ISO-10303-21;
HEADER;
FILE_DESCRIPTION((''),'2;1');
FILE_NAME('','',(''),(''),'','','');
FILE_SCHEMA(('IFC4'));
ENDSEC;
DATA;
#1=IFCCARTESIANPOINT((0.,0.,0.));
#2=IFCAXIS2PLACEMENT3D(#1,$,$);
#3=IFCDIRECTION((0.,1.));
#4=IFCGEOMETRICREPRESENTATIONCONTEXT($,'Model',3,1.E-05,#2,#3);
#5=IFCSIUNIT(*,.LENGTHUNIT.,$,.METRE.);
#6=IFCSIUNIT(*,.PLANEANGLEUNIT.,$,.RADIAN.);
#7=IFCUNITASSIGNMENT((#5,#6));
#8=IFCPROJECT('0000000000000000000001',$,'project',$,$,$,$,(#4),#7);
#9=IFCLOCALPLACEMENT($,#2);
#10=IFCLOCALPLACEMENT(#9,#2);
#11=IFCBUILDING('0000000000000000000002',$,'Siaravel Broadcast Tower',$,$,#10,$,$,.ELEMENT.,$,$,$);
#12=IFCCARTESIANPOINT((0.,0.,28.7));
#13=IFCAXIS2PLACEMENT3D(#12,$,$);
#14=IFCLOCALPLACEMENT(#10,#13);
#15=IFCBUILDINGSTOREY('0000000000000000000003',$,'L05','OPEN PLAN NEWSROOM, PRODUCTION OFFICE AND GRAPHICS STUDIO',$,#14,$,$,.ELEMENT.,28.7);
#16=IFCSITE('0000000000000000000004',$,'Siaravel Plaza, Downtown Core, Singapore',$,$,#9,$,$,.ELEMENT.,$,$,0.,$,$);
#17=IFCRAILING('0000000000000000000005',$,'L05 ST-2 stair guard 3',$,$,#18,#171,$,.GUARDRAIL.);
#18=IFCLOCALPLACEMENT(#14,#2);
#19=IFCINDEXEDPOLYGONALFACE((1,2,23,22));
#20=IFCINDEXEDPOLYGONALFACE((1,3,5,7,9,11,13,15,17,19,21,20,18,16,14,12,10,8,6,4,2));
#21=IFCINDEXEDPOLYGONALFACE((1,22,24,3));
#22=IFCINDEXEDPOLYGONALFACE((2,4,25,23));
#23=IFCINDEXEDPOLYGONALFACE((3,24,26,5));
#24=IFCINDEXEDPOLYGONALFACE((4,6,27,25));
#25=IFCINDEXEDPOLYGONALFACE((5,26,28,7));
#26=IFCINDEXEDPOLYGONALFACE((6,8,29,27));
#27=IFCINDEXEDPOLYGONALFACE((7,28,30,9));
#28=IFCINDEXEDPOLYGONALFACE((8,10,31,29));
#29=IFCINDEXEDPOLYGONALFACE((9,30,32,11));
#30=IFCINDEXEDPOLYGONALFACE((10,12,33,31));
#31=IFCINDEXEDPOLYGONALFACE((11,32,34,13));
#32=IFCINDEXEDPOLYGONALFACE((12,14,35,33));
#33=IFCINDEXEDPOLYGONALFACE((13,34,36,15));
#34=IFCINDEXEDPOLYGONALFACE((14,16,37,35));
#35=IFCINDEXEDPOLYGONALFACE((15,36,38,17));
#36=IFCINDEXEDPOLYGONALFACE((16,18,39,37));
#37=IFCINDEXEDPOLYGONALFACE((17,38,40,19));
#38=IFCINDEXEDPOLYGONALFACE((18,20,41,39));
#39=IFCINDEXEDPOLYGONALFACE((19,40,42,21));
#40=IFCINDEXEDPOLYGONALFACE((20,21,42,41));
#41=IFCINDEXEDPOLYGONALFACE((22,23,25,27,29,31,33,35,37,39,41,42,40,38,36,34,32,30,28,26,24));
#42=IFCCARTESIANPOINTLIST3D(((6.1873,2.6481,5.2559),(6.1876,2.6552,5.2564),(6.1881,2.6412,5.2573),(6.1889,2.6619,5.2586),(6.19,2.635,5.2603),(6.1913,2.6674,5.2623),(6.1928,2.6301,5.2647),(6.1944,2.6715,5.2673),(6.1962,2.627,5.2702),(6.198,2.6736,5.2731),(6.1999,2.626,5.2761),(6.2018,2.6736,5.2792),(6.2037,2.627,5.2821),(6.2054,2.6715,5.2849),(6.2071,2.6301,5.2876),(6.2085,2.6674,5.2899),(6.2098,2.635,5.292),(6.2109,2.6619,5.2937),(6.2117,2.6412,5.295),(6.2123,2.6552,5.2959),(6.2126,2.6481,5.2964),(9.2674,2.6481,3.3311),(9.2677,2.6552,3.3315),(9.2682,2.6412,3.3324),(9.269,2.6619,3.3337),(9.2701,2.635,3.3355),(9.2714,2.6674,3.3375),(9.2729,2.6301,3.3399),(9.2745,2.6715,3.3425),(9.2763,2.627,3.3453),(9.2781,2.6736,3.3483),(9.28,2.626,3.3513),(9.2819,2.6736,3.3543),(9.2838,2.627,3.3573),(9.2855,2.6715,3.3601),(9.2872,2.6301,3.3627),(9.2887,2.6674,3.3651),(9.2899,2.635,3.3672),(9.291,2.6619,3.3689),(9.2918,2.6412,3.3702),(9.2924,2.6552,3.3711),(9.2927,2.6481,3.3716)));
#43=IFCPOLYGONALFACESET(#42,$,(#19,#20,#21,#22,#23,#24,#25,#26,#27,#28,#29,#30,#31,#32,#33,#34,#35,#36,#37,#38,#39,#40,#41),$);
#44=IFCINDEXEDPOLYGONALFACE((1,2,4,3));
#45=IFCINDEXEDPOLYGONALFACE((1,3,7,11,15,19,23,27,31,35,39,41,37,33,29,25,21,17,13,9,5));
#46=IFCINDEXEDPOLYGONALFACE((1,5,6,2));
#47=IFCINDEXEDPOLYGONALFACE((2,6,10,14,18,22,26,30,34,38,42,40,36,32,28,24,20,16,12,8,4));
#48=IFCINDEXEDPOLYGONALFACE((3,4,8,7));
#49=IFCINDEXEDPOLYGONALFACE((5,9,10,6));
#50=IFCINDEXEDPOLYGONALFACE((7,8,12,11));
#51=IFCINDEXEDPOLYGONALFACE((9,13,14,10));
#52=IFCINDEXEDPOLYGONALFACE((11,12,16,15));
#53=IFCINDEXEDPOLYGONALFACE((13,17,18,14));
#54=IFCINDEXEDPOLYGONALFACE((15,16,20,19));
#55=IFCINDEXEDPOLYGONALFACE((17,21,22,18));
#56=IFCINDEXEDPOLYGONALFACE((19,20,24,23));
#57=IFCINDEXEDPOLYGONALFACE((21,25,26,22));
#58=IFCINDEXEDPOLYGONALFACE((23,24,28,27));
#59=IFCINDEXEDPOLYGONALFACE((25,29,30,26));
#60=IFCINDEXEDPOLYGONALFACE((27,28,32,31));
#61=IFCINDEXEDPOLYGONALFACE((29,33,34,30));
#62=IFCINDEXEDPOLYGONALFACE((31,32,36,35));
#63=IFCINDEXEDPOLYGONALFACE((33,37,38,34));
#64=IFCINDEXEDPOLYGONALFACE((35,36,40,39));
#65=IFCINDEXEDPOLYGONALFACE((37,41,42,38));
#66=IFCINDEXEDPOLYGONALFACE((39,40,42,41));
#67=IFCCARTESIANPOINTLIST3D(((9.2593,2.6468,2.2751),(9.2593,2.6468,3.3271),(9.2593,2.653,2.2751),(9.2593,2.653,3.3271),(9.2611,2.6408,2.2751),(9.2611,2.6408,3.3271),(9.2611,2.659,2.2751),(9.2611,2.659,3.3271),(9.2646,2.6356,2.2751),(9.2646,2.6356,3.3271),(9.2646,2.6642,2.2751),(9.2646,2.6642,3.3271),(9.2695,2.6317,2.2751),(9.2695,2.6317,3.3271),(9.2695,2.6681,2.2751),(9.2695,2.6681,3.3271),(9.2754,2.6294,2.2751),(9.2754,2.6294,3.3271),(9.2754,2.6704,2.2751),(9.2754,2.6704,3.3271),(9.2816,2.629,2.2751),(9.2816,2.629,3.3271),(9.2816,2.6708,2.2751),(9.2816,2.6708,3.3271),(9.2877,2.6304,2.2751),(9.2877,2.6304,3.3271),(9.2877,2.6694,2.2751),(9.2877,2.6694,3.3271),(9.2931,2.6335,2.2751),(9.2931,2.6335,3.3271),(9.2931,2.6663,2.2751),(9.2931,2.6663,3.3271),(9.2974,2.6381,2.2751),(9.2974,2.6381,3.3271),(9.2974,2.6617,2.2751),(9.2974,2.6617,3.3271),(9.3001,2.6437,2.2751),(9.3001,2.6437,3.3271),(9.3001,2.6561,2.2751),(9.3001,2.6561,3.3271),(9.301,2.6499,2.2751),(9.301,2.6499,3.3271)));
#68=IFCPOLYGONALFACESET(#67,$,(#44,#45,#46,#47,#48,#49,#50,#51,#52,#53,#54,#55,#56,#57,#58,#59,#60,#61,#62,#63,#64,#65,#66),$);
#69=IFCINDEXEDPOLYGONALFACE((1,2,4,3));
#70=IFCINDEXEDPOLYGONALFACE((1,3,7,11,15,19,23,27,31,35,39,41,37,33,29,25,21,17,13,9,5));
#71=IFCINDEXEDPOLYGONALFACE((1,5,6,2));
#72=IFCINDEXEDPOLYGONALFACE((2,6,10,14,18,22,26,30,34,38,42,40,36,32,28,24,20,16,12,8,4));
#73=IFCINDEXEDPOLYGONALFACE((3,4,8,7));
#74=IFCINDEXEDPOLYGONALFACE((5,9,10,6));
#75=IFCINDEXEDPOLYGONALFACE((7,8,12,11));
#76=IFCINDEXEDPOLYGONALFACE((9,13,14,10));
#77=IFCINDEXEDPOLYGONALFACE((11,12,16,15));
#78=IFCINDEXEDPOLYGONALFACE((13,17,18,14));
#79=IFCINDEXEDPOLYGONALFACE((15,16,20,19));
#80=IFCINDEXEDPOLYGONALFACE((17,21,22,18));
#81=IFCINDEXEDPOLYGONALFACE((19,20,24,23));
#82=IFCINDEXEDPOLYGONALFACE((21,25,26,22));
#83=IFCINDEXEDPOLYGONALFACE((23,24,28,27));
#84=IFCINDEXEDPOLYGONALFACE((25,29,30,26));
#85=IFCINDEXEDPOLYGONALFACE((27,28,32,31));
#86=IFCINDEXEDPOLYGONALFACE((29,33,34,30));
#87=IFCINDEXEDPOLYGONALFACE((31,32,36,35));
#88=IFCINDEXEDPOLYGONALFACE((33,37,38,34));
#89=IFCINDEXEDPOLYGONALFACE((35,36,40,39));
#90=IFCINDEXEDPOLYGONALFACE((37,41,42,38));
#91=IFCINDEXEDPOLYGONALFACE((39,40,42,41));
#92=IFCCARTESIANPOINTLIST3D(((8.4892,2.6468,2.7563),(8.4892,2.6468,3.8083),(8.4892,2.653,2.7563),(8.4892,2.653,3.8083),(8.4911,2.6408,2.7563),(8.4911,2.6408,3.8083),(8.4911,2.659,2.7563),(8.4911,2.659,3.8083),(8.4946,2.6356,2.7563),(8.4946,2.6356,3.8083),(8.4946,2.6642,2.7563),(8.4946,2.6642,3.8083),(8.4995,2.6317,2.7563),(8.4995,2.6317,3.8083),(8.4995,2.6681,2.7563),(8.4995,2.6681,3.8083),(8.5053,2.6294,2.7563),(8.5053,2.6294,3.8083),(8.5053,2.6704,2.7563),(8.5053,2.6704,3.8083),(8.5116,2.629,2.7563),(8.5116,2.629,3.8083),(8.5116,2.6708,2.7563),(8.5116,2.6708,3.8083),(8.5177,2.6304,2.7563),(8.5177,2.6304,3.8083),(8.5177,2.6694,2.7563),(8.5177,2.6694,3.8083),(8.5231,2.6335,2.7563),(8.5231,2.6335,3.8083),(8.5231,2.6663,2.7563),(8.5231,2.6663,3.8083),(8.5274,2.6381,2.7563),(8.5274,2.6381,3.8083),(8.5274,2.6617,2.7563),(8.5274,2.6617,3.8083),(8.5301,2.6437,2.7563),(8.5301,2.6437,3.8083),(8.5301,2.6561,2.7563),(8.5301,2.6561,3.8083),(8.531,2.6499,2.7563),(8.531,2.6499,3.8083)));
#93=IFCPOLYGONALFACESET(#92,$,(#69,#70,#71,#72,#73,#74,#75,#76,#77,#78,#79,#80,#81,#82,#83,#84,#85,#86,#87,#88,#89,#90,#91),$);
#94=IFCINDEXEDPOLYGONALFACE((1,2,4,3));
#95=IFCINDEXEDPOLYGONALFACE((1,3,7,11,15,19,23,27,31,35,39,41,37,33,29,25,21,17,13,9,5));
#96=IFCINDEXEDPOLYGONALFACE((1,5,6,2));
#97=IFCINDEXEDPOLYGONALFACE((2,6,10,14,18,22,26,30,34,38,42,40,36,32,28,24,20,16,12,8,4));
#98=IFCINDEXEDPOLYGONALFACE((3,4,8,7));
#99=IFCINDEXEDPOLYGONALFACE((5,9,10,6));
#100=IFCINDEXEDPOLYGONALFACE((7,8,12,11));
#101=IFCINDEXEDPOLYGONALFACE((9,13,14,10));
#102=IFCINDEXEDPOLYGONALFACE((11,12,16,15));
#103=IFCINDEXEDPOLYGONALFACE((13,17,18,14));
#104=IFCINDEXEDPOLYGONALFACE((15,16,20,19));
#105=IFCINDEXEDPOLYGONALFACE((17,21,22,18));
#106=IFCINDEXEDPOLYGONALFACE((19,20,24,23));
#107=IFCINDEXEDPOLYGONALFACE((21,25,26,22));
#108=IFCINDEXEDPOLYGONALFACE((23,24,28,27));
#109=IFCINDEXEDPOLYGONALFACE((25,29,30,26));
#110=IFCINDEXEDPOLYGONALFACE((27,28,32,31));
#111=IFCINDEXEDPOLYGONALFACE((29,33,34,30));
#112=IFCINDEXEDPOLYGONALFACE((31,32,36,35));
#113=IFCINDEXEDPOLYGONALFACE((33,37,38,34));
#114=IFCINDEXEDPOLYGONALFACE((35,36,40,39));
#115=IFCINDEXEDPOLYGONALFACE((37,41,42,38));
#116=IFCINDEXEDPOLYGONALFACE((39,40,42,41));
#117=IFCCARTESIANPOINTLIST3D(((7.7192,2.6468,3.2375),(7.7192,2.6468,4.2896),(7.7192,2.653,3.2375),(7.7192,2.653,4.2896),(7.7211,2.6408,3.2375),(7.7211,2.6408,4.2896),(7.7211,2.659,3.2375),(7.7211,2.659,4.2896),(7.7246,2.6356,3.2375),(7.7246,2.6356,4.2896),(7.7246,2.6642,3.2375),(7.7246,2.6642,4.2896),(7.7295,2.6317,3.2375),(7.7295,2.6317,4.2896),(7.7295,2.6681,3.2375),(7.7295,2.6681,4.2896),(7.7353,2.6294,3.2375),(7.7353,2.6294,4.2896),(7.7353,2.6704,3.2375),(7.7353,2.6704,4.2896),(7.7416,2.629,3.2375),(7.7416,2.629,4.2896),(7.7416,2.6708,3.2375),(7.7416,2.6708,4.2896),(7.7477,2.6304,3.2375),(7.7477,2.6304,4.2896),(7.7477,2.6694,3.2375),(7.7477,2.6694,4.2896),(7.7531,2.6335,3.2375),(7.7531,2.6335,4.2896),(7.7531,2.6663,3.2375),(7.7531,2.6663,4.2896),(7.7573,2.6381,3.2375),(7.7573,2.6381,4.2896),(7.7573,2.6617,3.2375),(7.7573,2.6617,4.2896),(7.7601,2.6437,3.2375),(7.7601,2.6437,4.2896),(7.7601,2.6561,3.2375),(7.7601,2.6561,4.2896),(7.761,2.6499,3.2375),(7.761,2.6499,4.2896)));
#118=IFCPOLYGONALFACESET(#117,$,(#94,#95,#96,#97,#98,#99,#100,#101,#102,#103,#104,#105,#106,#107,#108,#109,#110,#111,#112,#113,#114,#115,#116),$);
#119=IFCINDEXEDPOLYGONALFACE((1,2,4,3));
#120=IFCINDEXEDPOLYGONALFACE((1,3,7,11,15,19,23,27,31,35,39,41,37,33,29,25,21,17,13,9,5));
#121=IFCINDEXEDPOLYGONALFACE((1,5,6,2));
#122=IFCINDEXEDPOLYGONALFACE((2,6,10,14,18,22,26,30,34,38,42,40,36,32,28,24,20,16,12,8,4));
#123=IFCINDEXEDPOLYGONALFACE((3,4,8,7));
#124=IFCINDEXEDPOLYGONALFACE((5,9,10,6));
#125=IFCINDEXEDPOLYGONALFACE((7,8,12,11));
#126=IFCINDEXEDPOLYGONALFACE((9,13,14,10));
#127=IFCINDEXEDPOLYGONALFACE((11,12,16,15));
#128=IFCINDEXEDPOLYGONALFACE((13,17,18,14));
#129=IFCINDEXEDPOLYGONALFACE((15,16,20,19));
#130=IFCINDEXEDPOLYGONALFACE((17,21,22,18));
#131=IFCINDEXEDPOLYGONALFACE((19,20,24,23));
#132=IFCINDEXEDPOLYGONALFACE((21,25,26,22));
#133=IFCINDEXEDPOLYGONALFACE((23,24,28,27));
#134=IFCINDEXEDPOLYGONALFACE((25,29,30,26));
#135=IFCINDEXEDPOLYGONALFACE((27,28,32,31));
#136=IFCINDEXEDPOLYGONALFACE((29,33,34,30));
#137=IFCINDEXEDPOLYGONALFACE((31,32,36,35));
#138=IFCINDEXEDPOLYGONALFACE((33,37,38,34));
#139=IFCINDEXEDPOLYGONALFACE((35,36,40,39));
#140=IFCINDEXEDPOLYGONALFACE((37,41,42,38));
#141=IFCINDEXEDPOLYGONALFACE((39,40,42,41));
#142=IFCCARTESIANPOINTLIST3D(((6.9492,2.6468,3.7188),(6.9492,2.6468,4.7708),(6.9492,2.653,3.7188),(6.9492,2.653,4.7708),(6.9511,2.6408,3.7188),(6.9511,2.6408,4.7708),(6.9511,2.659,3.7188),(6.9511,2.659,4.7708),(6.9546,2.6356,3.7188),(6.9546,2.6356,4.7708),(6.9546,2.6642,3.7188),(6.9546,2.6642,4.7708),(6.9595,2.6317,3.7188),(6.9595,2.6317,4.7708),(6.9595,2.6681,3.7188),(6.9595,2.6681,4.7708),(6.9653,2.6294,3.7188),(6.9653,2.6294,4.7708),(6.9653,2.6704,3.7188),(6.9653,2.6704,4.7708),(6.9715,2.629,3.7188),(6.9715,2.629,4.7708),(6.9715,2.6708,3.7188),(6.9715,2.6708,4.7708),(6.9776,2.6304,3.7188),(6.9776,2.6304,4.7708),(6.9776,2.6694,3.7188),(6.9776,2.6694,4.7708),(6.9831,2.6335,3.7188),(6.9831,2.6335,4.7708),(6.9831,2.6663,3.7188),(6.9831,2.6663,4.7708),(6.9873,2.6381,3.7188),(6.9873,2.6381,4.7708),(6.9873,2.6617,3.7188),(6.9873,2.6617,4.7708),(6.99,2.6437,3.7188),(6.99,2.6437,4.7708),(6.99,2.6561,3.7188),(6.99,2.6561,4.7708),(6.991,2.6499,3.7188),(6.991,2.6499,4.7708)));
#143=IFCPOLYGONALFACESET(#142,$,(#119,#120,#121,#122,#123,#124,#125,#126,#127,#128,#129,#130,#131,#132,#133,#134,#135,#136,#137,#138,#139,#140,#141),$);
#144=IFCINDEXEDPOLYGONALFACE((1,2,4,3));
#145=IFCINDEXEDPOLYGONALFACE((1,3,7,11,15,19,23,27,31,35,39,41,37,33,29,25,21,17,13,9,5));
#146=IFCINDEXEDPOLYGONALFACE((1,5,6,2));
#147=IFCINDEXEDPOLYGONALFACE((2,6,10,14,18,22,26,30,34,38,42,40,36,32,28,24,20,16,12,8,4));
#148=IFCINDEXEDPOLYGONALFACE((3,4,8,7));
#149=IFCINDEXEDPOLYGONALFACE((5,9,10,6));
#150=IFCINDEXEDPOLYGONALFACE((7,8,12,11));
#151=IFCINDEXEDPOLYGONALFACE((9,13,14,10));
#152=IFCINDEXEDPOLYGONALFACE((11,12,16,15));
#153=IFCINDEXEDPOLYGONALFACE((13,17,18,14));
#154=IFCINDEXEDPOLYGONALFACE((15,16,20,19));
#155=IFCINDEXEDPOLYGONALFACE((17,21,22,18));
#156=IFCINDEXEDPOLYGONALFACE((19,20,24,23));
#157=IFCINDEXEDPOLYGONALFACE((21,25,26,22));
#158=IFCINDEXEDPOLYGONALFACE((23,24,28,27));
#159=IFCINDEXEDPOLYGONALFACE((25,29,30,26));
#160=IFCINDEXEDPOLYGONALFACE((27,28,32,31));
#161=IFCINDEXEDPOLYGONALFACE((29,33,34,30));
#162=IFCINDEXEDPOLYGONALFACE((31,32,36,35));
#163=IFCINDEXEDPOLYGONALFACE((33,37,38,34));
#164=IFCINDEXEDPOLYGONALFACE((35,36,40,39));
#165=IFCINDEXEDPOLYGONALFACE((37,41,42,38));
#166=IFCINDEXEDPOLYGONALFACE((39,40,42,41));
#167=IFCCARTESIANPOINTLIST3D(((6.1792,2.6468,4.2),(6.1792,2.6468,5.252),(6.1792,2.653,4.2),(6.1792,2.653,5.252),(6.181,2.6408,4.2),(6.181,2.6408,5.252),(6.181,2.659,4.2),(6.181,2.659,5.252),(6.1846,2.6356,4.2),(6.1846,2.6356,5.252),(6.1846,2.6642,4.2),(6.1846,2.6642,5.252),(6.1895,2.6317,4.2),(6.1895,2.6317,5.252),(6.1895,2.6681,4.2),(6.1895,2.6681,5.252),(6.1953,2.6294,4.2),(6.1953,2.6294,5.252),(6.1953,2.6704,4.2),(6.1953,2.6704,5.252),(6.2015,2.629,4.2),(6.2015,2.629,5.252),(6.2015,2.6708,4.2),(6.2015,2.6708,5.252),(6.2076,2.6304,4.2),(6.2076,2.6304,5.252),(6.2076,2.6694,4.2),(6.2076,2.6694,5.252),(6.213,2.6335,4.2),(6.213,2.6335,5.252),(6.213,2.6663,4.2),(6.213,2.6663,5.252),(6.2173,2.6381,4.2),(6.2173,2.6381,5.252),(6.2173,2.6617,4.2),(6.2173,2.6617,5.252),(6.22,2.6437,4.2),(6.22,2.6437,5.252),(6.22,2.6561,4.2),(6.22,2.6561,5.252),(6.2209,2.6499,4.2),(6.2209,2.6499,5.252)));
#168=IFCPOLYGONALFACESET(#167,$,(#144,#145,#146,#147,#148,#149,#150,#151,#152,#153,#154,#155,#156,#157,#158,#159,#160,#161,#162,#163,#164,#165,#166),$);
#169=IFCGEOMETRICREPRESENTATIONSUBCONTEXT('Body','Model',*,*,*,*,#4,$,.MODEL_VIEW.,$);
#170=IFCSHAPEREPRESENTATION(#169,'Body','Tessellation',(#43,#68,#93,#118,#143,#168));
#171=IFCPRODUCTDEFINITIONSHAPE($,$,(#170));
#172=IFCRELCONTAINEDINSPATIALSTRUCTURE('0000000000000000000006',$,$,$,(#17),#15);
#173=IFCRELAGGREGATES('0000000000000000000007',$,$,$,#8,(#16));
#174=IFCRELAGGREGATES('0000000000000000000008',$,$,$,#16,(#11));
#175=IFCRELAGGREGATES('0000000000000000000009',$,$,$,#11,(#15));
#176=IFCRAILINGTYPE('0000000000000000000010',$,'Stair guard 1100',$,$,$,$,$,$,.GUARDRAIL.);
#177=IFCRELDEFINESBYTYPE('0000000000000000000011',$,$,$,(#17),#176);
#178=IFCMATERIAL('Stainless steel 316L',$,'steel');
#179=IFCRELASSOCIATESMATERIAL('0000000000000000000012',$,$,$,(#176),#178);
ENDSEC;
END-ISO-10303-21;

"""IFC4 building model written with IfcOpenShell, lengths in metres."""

from ifc_helpers import new_model, si_unit, direction, frame, origin, origin_2d, place, context, subcontext, project, spatial, circle, extrude, material, type_object, element, save


model = new_model("IFC4")

# Units and contexts
model_context = context("Model", 3, precision=1e-05, world=origin(), true_north=direction((0.0, 1.0)))
body_context = subcontext(model_context, "Body", "Model", "MODEL_VIEW")
ifc_project = project(units=[si_unit("LENGTHUNIT", "METRE"), si_unit("PLANEANGLEUNIT", "RADIAN")], contexts=[model_context])

# Site, building, storey
site_placement = place(None, origin())
site = spatial("IfcSite", under=ifc_project, at=site_placement, Name="Siaravel Plaza, Downtown Core, Singapore", CompositionType="ELEMENT", RefElevation=0.0)
building_placement = place(site_placement, origin())
building = spatial("IfcBuilding", under=site, at=building_placement, Name="Siaravel Broadcast Tower", CompositionType="ELEMENT")
storey_placement = place(building_placement, frame((0.0, 0.0, 28.7)))
storey = spatial("IfcBuildingStorey", under=building, at=storey_placement, Name="L05", Description="OPEN PLAN NEWSROOM, PRODUCTION OFFICE AND GRAPHICS STUDIO", CompositionType="ELEMENT", Elevation=28.7)

# Railing
ifc_material_1 = material(Name="Stainless steel 316L", Category="steel")
railing_type_1 = type_object("IfcRailingType", Name="Stair guard 1100", PredefinedType="GUARDRAIL", material=ifc_material_1)
railing_1_placement = place(storey_placement, frame((9.28, 2.6499, 2.2751)))
element("IfcRailing", 1, at=railing_1_placement, inside=storey, type_object=railing_type_1, Name="L05 ST-2 stair guard 3", PredefinedType="GUARDRAIL", context=body_context, shape_type="SweptSolid", body=[
    extrude(circle(Radius=0.0239, at=origin_2d()), frame((0.0, 0.0, 1.0762), z_axis=(-0.848029, 0.0, 0.529951), x_axis=(0.0, -1.0, 0.0)), (0.0, 0.0, 1.0), 3.6321),
    extrude(circle(Radius=0.021, at=origin_2d()), origin(), (0.0, 0.0, 1.0), 1.052),
    extrude(circle(Radius=0.021, at=origin_2d()), frame((-0.77, 0.0, 0.4812)), (0.0, 0.0, 1.0), 1.052),
    extrude(circle(Radius=0.021, at=origin_2d()), frame((-1.54, 0.0, 0.9624)), (0.0, 0.0, 1.0), 1.052),
    extrude(circle(Radius=0.021, at=origin_2d()), frame((-2.3101, 0.0, 1.4436)), (0.0, 0.0, 1.0), 1.052),
    extrude(circle(Radius=0.021, at=origin_2d()), frame((-3.0801, 0.0, 1.9248)), (0.0, 0.0, 1.0), 1.052),
])

save(model, "model.ifc")
